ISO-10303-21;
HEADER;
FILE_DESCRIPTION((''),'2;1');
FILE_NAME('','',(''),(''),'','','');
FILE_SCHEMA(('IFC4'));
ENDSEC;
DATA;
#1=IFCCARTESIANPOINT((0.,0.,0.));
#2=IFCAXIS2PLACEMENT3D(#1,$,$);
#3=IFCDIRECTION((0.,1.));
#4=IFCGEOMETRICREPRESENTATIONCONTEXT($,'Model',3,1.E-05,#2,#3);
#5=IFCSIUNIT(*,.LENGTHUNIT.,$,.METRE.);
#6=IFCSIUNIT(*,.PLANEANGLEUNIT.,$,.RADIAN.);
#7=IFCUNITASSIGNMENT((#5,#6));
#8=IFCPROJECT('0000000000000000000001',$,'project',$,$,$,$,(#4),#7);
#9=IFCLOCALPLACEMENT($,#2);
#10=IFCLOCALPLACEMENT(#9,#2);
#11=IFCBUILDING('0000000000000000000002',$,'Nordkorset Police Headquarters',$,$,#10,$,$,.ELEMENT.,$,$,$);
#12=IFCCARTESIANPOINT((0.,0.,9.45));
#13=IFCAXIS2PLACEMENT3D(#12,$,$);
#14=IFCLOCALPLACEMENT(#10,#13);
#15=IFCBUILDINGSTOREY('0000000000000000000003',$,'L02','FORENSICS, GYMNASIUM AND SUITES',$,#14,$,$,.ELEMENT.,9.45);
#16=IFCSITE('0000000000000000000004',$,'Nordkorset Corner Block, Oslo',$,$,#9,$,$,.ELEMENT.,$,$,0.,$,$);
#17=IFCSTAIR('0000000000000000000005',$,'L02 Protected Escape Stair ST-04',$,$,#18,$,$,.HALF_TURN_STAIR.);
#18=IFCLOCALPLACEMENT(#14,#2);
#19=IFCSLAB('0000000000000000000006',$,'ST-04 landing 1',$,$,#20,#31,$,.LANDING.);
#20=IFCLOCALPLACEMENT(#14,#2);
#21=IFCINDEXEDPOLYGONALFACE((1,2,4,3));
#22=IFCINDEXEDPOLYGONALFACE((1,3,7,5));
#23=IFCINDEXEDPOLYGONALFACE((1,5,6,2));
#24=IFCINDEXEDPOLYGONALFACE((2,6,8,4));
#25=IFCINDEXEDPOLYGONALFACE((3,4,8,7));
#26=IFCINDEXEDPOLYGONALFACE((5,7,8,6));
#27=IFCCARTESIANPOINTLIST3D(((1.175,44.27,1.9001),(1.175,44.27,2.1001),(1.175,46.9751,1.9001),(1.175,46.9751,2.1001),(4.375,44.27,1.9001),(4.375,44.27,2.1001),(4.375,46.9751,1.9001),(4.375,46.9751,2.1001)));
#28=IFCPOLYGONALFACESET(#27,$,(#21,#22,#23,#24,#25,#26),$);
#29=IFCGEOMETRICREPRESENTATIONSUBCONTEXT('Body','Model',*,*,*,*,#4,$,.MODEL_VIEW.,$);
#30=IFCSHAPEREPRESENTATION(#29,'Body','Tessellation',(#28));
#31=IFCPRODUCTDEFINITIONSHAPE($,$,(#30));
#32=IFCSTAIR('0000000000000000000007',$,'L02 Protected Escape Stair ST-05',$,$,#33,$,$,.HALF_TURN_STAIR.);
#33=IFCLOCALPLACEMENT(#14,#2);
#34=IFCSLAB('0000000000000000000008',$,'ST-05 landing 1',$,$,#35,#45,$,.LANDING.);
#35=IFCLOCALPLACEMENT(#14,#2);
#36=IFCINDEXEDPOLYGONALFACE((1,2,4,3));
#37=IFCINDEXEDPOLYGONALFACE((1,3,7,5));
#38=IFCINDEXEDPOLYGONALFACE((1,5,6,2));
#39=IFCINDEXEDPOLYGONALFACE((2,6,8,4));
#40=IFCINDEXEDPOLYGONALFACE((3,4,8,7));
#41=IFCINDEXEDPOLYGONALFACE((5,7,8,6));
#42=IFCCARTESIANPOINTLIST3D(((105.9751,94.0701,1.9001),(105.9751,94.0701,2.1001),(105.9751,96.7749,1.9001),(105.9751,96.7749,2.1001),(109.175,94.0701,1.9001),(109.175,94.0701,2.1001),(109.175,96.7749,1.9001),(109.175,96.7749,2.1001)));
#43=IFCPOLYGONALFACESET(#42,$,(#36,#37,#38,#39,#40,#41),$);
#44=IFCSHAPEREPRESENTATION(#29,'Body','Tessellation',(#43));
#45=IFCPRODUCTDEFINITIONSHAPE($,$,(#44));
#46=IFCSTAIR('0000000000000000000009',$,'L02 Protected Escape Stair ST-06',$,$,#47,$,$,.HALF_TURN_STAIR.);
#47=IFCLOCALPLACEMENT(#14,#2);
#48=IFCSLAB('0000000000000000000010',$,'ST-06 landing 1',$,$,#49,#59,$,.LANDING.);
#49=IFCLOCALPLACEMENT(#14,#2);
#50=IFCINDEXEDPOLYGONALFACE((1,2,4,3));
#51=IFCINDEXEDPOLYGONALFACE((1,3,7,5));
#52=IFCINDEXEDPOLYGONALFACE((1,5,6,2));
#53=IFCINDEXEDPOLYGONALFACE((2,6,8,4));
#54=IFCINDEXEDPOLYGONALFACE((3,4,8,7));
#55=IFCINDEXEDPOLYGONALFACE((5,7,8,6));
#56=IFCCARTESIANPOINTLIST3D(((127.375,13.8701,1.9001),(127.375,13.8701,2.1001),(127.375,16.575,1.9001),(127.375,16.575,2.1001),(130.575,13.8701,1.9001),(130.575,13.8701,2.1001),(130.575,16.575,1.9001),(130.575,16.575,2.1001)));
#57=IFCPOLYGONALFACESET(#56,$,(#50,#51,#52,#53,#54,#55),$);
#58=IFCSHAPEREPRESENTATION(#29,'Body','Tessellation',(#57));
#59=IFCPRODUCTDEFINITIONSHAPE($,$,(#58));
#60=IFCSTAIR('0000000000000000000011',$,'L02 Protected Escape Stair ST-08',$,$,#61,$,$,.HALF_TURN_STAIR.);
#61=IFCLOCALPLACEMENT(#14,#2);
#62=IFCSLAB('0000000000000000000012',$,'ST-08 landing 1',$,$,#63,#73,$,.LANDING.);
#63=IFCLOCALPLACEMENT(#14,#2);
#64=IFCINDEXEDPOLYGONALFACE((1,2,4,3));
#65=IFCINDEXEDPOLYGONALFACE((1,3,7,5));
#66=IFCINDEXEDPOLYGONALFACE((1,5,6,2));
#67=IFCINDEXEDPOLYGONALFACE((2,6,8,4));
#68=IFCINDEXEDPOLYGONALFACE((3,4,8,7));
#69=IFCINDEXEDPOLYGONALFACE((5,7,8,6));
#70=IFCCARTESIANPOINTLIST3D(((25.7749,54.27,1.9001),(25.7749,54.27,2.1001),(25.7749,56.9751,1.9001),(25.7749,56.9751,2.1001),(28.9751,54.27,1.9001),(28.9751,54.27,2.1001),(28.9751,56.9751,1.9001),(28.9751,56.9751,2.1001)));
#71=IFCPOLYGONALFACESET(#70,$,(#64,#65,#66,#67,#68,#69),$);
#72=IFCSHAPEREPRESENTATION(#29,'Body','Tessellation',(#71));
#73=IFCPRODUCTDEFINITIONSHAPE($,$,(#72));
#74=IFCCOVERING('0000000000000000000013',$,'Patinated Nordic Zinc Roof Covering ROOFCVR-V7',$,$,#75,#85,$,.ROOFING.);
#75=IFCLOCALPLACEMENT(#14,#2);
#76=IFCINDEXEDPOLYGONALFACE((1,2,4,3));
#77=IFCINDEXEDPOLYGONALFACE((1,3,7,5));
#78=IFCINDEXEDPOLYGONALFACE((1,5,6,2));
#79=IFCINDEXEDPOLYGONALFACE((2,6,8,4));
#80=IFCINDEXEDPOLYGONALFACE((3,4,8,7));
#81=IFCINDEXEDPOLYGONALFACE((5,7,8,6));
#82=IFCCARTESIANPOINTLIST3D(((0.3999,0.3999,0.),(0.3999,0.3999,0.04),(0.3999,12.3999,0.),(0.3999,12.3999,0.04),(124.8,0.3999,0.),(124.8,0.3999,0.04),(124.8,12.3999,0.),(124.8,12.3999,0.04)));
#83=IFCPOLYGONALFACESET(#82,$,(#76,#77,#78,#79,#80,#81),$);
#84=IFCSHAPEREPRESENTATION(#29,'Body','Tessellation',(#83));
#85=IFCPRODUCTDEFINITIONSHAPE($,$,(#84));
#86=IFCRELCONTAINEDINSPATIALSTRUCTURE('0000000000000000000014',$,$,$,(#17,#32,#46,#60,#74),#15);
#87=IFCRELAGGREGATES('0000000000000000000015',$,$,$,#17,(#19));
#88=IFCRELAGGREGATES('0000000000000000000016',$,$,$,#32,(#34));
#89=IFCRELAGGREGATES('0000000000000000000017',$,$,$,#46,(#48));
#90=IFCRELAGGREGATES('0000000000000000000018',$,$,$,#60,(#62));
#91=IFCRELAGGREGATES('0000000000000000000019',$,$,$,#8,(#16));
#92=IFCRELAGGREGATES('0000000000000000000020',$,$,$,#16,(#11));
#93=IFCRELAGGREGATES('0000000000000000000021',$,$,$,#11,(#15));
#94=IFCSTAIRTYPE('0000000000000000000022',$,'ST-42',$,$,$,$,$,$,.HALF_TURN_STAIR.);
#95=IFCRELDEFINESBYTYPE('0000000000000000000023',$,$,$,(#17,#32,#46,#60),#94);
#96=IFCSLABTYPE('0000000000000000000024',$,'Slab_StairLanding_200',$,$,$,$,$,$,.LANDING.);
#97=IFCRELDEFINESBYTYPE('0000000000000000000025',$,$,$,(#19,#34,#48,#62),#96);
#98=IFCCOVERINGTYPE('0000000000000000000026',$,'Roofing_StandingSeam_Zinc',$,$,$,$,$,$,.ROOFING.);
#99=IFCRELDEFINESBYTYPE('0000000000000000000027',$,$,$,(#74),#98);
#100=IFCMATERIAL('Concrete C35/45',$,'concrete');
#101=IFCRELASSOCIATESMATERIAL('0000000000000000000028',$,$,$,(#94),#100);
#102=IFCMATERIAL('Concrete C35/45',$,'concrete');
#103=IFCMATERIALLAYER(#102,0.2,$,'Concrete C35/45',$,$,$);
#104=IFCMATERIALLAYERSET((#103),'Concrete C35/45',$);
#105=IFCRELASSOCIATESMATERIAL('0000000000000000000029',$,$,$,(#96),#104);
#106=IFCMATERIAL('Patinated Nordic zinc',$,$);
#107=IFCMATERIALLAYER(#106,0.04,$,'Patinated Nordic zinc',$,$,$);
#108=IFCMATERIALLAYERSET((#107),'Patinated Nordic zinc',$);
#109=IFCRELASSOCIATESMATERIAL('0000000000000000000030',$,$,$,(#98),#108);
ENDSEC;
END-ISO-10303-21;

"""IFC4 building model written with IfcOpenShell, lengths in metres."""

from ifc_helpers import new_model, si_unit, direction, frame, origin, place, context, subcontext, project, spatial, polyline, outline, extrude, material, layer, layer_set, type_object, element, aggregate, save


model = new_model("IFC4")

# Units and contexts
model_context = context("Model", 3, precision=1e-05, world=origin(), true_north=direction((0.0, 1.0)))
body_context = subcontext(model_context, "Body", "Model", "MODEL_VIEW")
ifc_project = project(units=[si_unit("LENGTHUNIT", "METRE"), si_unit("PLANEANGLEUNIT", "RADIAN")], contexts=[model_context])

# Site, building, storey
site_placement = place(None, origin())
site = spatial("IfcSite", under=ifc_project, at=site_placement, Name="Nordkorset Corner Block, Oslo", CompositionType="ELEMENT", RefElevation=0.0)
building_placement = place(site_placement, origin())
building = spatial("IfcBuilding", under=site, at=building_placement, Name="Nordkorset Police Headquarters", CompositionType="ELEMENT")
storey_placement = place(building_placement, frame((0.0, 0.0, 9.45)))
storey = spatial("IfcBuildingStorey", under=building, at=storey_placement, Name="L02", Description="FORENSICS, GYMNASIUM AND SUITES", CompositionType="ELEMENT", Elevation=9.45)

# Stairs, slabs
ifc_material_1 = material(Name="Concrete C35/45", Category="concrete")
stair_type = type_object("IfcStairType", Name="ST-42", PredefinedType="HALF_TURN_STAIR", material=ifc_material_1)
ifc_material_2 = material(Name="Concrete C35/45", Category="concrete")
ifc_layer_1 = layer(ifc_material_2, 0.2, Name="Concrete C35/45")
ifc_layer_set_1 = layer_set([ifc_layer_1], Name="Concrete C35/45")
slab_type_1 = type_object("IfcSlabType", Name="Slab_StairLanding_200", PredefinedType="LANDING", material=ifc_layer_set_1)
stair_1_placement = place(storey_placement, origin())
stair_1 = element("IfcStair", 1, at=stair_1_placement, inside=storey, type_object=stair_type, Name="L02 Protected Escape Stair ST-04", PredefinedType="HALF_TURN_STAIR")
slab_1_placement = place(storey_placement, frame((0.0, 0.0, 1.9001)))
slab_1 = element("IfcSlab", 2, at=slab_1_placement, type_object=slab_type_1, Name="ST-04 landing 1", PredefinedType="LANDING", context=body_context, shape_type="SweptSolid", body=[
    extrude(outline(polyline([(4.375, 44.27), (4.375, 46.9751), (1.175, 46.9751), (1.175, 44.27), (4.375, 44.27)])), origin(), (0.0, 0.0, 1.0), 0.2),
])
aggregate(stair_1, [slab_1])
stair_2_placement = place(storey_placement, origin())
stair_2 = element("IfcStair", 3, at=stair_2_placement, inside=storey, type_object=stair_type, Name="L02 Protected Escape Stair ST-05", PredefinedType="HALF_TURN_STAIR")
slab_2_placement = place(storey_placement, frame((0.0, 0.0, 1.9001)))
slab_2 = element("IfcSlab", 4, at=slab_2_placement, type_object=slab_type_1, Name="ST-05 landing 1", PredefinedType="LANDING", context=body_context, shape_type="SweptSolid", body=[
    extrude(outline(polyline([(109.175, 94.0701), (109.175, 96.7749), (105.9751, 96.7749), (105.9751, 94.0701), (109.175, 94.0701)])), origin(), (0.0, 0.0, 1.0), 0.2),
])
aggregate(stair_2, [slab_2])
stair_3_placement = place(storey_placement, origin())
stair_3 = element("IfcStair", 5, at=stair_3_placement, inside=storey, type_object=stair_type, Name="L02 Protected Escape Stair ST-06", PredefinedType="HALF_TURN_STAIR")
slab_3_placement = place(storey_placement, frame((0.0, 0.0, 1.9001)))
slab_3 = element("IfcSlab", 6, at=slab_3_placement, type_object=slab_type_1, Name="ST-06 landing 1", PredefinedType="LANDING", context=body_context, shape_type="SweptSolid", body=[
    extrude(outline(polyline([(130.575, 13.8701), (130.575, 16.575), (127.375, 16.575), (127.375, 13.8701), (130.575, 13.8701)])), origin(), (0.0, 0.0, 1.0), 0.2),
])
aggregate(stair_3, [slab_3])
stair_4_placement = place(storey_placement, origin())
stair_4 = element("IfcStair", 7, at=stair_4_placement, inside=storey, type_object=stair_type, Name="L02 Protected Escape Stair ST-08", PredefinedType="HALF_TURN_STAIR")
slab_4_placement = place(storey_placement, frame((0.0, 0.0, 1.9001)))
slab_4 = element("IfcSlab", 8, at=slab_4_placement, type_object=slab_type_1, Name="ST-08 landing 1", PredefinedType="LANDING", context=body_context, shape_type="SweptSolid", body=[
    extrude(outline(polyline([(28.9751, 54.27), (28.9751, 56.9751), (25.7749, 56.9751), (25.7749, 54.27), (28.9751, 54.27)])), origin(), (0.0, 0.0, 1.0), 0.2),
])
aggregate(stair_4, [slab_4])

# Covering
ifc_material_3 = material(Name="Patinated Nordic zinc")
ifc_layer_2 = layer(ifc_material_3, 0.04, Name="Patinated Nordic zinc")
ifc_layer_set_2 = layer_set([ifc_layer_2], Name="Patinated Nordic zinc")
covering_type = type_object("IfcCoveringType", Name="Roofing_StandingSeam_Zinc", PredefinedType="ROOFING", material=ifc_layer_set_2)
covering_placement = place(storey_placement, origin())
element("IfcCovering", 9, at=covering_placement, inside=storey, type_object=covering_type, Name="Patinated Nordic Zinc Roof Covering ROOFCVR-V7", PredefinedType="ROOFING", context=body_context, shape_type="SweptSolid", body=[
    extrude(outline(polyline([(0.3999, 0.3999), (124.8, 0.3999), (124.8, 12.3999), (0.3999, 12.3999), (0.3999, 0.3999)])), origin(), (0.0, 0.0, 1.0), 0.04),
])

save(model, "model.ifc")
